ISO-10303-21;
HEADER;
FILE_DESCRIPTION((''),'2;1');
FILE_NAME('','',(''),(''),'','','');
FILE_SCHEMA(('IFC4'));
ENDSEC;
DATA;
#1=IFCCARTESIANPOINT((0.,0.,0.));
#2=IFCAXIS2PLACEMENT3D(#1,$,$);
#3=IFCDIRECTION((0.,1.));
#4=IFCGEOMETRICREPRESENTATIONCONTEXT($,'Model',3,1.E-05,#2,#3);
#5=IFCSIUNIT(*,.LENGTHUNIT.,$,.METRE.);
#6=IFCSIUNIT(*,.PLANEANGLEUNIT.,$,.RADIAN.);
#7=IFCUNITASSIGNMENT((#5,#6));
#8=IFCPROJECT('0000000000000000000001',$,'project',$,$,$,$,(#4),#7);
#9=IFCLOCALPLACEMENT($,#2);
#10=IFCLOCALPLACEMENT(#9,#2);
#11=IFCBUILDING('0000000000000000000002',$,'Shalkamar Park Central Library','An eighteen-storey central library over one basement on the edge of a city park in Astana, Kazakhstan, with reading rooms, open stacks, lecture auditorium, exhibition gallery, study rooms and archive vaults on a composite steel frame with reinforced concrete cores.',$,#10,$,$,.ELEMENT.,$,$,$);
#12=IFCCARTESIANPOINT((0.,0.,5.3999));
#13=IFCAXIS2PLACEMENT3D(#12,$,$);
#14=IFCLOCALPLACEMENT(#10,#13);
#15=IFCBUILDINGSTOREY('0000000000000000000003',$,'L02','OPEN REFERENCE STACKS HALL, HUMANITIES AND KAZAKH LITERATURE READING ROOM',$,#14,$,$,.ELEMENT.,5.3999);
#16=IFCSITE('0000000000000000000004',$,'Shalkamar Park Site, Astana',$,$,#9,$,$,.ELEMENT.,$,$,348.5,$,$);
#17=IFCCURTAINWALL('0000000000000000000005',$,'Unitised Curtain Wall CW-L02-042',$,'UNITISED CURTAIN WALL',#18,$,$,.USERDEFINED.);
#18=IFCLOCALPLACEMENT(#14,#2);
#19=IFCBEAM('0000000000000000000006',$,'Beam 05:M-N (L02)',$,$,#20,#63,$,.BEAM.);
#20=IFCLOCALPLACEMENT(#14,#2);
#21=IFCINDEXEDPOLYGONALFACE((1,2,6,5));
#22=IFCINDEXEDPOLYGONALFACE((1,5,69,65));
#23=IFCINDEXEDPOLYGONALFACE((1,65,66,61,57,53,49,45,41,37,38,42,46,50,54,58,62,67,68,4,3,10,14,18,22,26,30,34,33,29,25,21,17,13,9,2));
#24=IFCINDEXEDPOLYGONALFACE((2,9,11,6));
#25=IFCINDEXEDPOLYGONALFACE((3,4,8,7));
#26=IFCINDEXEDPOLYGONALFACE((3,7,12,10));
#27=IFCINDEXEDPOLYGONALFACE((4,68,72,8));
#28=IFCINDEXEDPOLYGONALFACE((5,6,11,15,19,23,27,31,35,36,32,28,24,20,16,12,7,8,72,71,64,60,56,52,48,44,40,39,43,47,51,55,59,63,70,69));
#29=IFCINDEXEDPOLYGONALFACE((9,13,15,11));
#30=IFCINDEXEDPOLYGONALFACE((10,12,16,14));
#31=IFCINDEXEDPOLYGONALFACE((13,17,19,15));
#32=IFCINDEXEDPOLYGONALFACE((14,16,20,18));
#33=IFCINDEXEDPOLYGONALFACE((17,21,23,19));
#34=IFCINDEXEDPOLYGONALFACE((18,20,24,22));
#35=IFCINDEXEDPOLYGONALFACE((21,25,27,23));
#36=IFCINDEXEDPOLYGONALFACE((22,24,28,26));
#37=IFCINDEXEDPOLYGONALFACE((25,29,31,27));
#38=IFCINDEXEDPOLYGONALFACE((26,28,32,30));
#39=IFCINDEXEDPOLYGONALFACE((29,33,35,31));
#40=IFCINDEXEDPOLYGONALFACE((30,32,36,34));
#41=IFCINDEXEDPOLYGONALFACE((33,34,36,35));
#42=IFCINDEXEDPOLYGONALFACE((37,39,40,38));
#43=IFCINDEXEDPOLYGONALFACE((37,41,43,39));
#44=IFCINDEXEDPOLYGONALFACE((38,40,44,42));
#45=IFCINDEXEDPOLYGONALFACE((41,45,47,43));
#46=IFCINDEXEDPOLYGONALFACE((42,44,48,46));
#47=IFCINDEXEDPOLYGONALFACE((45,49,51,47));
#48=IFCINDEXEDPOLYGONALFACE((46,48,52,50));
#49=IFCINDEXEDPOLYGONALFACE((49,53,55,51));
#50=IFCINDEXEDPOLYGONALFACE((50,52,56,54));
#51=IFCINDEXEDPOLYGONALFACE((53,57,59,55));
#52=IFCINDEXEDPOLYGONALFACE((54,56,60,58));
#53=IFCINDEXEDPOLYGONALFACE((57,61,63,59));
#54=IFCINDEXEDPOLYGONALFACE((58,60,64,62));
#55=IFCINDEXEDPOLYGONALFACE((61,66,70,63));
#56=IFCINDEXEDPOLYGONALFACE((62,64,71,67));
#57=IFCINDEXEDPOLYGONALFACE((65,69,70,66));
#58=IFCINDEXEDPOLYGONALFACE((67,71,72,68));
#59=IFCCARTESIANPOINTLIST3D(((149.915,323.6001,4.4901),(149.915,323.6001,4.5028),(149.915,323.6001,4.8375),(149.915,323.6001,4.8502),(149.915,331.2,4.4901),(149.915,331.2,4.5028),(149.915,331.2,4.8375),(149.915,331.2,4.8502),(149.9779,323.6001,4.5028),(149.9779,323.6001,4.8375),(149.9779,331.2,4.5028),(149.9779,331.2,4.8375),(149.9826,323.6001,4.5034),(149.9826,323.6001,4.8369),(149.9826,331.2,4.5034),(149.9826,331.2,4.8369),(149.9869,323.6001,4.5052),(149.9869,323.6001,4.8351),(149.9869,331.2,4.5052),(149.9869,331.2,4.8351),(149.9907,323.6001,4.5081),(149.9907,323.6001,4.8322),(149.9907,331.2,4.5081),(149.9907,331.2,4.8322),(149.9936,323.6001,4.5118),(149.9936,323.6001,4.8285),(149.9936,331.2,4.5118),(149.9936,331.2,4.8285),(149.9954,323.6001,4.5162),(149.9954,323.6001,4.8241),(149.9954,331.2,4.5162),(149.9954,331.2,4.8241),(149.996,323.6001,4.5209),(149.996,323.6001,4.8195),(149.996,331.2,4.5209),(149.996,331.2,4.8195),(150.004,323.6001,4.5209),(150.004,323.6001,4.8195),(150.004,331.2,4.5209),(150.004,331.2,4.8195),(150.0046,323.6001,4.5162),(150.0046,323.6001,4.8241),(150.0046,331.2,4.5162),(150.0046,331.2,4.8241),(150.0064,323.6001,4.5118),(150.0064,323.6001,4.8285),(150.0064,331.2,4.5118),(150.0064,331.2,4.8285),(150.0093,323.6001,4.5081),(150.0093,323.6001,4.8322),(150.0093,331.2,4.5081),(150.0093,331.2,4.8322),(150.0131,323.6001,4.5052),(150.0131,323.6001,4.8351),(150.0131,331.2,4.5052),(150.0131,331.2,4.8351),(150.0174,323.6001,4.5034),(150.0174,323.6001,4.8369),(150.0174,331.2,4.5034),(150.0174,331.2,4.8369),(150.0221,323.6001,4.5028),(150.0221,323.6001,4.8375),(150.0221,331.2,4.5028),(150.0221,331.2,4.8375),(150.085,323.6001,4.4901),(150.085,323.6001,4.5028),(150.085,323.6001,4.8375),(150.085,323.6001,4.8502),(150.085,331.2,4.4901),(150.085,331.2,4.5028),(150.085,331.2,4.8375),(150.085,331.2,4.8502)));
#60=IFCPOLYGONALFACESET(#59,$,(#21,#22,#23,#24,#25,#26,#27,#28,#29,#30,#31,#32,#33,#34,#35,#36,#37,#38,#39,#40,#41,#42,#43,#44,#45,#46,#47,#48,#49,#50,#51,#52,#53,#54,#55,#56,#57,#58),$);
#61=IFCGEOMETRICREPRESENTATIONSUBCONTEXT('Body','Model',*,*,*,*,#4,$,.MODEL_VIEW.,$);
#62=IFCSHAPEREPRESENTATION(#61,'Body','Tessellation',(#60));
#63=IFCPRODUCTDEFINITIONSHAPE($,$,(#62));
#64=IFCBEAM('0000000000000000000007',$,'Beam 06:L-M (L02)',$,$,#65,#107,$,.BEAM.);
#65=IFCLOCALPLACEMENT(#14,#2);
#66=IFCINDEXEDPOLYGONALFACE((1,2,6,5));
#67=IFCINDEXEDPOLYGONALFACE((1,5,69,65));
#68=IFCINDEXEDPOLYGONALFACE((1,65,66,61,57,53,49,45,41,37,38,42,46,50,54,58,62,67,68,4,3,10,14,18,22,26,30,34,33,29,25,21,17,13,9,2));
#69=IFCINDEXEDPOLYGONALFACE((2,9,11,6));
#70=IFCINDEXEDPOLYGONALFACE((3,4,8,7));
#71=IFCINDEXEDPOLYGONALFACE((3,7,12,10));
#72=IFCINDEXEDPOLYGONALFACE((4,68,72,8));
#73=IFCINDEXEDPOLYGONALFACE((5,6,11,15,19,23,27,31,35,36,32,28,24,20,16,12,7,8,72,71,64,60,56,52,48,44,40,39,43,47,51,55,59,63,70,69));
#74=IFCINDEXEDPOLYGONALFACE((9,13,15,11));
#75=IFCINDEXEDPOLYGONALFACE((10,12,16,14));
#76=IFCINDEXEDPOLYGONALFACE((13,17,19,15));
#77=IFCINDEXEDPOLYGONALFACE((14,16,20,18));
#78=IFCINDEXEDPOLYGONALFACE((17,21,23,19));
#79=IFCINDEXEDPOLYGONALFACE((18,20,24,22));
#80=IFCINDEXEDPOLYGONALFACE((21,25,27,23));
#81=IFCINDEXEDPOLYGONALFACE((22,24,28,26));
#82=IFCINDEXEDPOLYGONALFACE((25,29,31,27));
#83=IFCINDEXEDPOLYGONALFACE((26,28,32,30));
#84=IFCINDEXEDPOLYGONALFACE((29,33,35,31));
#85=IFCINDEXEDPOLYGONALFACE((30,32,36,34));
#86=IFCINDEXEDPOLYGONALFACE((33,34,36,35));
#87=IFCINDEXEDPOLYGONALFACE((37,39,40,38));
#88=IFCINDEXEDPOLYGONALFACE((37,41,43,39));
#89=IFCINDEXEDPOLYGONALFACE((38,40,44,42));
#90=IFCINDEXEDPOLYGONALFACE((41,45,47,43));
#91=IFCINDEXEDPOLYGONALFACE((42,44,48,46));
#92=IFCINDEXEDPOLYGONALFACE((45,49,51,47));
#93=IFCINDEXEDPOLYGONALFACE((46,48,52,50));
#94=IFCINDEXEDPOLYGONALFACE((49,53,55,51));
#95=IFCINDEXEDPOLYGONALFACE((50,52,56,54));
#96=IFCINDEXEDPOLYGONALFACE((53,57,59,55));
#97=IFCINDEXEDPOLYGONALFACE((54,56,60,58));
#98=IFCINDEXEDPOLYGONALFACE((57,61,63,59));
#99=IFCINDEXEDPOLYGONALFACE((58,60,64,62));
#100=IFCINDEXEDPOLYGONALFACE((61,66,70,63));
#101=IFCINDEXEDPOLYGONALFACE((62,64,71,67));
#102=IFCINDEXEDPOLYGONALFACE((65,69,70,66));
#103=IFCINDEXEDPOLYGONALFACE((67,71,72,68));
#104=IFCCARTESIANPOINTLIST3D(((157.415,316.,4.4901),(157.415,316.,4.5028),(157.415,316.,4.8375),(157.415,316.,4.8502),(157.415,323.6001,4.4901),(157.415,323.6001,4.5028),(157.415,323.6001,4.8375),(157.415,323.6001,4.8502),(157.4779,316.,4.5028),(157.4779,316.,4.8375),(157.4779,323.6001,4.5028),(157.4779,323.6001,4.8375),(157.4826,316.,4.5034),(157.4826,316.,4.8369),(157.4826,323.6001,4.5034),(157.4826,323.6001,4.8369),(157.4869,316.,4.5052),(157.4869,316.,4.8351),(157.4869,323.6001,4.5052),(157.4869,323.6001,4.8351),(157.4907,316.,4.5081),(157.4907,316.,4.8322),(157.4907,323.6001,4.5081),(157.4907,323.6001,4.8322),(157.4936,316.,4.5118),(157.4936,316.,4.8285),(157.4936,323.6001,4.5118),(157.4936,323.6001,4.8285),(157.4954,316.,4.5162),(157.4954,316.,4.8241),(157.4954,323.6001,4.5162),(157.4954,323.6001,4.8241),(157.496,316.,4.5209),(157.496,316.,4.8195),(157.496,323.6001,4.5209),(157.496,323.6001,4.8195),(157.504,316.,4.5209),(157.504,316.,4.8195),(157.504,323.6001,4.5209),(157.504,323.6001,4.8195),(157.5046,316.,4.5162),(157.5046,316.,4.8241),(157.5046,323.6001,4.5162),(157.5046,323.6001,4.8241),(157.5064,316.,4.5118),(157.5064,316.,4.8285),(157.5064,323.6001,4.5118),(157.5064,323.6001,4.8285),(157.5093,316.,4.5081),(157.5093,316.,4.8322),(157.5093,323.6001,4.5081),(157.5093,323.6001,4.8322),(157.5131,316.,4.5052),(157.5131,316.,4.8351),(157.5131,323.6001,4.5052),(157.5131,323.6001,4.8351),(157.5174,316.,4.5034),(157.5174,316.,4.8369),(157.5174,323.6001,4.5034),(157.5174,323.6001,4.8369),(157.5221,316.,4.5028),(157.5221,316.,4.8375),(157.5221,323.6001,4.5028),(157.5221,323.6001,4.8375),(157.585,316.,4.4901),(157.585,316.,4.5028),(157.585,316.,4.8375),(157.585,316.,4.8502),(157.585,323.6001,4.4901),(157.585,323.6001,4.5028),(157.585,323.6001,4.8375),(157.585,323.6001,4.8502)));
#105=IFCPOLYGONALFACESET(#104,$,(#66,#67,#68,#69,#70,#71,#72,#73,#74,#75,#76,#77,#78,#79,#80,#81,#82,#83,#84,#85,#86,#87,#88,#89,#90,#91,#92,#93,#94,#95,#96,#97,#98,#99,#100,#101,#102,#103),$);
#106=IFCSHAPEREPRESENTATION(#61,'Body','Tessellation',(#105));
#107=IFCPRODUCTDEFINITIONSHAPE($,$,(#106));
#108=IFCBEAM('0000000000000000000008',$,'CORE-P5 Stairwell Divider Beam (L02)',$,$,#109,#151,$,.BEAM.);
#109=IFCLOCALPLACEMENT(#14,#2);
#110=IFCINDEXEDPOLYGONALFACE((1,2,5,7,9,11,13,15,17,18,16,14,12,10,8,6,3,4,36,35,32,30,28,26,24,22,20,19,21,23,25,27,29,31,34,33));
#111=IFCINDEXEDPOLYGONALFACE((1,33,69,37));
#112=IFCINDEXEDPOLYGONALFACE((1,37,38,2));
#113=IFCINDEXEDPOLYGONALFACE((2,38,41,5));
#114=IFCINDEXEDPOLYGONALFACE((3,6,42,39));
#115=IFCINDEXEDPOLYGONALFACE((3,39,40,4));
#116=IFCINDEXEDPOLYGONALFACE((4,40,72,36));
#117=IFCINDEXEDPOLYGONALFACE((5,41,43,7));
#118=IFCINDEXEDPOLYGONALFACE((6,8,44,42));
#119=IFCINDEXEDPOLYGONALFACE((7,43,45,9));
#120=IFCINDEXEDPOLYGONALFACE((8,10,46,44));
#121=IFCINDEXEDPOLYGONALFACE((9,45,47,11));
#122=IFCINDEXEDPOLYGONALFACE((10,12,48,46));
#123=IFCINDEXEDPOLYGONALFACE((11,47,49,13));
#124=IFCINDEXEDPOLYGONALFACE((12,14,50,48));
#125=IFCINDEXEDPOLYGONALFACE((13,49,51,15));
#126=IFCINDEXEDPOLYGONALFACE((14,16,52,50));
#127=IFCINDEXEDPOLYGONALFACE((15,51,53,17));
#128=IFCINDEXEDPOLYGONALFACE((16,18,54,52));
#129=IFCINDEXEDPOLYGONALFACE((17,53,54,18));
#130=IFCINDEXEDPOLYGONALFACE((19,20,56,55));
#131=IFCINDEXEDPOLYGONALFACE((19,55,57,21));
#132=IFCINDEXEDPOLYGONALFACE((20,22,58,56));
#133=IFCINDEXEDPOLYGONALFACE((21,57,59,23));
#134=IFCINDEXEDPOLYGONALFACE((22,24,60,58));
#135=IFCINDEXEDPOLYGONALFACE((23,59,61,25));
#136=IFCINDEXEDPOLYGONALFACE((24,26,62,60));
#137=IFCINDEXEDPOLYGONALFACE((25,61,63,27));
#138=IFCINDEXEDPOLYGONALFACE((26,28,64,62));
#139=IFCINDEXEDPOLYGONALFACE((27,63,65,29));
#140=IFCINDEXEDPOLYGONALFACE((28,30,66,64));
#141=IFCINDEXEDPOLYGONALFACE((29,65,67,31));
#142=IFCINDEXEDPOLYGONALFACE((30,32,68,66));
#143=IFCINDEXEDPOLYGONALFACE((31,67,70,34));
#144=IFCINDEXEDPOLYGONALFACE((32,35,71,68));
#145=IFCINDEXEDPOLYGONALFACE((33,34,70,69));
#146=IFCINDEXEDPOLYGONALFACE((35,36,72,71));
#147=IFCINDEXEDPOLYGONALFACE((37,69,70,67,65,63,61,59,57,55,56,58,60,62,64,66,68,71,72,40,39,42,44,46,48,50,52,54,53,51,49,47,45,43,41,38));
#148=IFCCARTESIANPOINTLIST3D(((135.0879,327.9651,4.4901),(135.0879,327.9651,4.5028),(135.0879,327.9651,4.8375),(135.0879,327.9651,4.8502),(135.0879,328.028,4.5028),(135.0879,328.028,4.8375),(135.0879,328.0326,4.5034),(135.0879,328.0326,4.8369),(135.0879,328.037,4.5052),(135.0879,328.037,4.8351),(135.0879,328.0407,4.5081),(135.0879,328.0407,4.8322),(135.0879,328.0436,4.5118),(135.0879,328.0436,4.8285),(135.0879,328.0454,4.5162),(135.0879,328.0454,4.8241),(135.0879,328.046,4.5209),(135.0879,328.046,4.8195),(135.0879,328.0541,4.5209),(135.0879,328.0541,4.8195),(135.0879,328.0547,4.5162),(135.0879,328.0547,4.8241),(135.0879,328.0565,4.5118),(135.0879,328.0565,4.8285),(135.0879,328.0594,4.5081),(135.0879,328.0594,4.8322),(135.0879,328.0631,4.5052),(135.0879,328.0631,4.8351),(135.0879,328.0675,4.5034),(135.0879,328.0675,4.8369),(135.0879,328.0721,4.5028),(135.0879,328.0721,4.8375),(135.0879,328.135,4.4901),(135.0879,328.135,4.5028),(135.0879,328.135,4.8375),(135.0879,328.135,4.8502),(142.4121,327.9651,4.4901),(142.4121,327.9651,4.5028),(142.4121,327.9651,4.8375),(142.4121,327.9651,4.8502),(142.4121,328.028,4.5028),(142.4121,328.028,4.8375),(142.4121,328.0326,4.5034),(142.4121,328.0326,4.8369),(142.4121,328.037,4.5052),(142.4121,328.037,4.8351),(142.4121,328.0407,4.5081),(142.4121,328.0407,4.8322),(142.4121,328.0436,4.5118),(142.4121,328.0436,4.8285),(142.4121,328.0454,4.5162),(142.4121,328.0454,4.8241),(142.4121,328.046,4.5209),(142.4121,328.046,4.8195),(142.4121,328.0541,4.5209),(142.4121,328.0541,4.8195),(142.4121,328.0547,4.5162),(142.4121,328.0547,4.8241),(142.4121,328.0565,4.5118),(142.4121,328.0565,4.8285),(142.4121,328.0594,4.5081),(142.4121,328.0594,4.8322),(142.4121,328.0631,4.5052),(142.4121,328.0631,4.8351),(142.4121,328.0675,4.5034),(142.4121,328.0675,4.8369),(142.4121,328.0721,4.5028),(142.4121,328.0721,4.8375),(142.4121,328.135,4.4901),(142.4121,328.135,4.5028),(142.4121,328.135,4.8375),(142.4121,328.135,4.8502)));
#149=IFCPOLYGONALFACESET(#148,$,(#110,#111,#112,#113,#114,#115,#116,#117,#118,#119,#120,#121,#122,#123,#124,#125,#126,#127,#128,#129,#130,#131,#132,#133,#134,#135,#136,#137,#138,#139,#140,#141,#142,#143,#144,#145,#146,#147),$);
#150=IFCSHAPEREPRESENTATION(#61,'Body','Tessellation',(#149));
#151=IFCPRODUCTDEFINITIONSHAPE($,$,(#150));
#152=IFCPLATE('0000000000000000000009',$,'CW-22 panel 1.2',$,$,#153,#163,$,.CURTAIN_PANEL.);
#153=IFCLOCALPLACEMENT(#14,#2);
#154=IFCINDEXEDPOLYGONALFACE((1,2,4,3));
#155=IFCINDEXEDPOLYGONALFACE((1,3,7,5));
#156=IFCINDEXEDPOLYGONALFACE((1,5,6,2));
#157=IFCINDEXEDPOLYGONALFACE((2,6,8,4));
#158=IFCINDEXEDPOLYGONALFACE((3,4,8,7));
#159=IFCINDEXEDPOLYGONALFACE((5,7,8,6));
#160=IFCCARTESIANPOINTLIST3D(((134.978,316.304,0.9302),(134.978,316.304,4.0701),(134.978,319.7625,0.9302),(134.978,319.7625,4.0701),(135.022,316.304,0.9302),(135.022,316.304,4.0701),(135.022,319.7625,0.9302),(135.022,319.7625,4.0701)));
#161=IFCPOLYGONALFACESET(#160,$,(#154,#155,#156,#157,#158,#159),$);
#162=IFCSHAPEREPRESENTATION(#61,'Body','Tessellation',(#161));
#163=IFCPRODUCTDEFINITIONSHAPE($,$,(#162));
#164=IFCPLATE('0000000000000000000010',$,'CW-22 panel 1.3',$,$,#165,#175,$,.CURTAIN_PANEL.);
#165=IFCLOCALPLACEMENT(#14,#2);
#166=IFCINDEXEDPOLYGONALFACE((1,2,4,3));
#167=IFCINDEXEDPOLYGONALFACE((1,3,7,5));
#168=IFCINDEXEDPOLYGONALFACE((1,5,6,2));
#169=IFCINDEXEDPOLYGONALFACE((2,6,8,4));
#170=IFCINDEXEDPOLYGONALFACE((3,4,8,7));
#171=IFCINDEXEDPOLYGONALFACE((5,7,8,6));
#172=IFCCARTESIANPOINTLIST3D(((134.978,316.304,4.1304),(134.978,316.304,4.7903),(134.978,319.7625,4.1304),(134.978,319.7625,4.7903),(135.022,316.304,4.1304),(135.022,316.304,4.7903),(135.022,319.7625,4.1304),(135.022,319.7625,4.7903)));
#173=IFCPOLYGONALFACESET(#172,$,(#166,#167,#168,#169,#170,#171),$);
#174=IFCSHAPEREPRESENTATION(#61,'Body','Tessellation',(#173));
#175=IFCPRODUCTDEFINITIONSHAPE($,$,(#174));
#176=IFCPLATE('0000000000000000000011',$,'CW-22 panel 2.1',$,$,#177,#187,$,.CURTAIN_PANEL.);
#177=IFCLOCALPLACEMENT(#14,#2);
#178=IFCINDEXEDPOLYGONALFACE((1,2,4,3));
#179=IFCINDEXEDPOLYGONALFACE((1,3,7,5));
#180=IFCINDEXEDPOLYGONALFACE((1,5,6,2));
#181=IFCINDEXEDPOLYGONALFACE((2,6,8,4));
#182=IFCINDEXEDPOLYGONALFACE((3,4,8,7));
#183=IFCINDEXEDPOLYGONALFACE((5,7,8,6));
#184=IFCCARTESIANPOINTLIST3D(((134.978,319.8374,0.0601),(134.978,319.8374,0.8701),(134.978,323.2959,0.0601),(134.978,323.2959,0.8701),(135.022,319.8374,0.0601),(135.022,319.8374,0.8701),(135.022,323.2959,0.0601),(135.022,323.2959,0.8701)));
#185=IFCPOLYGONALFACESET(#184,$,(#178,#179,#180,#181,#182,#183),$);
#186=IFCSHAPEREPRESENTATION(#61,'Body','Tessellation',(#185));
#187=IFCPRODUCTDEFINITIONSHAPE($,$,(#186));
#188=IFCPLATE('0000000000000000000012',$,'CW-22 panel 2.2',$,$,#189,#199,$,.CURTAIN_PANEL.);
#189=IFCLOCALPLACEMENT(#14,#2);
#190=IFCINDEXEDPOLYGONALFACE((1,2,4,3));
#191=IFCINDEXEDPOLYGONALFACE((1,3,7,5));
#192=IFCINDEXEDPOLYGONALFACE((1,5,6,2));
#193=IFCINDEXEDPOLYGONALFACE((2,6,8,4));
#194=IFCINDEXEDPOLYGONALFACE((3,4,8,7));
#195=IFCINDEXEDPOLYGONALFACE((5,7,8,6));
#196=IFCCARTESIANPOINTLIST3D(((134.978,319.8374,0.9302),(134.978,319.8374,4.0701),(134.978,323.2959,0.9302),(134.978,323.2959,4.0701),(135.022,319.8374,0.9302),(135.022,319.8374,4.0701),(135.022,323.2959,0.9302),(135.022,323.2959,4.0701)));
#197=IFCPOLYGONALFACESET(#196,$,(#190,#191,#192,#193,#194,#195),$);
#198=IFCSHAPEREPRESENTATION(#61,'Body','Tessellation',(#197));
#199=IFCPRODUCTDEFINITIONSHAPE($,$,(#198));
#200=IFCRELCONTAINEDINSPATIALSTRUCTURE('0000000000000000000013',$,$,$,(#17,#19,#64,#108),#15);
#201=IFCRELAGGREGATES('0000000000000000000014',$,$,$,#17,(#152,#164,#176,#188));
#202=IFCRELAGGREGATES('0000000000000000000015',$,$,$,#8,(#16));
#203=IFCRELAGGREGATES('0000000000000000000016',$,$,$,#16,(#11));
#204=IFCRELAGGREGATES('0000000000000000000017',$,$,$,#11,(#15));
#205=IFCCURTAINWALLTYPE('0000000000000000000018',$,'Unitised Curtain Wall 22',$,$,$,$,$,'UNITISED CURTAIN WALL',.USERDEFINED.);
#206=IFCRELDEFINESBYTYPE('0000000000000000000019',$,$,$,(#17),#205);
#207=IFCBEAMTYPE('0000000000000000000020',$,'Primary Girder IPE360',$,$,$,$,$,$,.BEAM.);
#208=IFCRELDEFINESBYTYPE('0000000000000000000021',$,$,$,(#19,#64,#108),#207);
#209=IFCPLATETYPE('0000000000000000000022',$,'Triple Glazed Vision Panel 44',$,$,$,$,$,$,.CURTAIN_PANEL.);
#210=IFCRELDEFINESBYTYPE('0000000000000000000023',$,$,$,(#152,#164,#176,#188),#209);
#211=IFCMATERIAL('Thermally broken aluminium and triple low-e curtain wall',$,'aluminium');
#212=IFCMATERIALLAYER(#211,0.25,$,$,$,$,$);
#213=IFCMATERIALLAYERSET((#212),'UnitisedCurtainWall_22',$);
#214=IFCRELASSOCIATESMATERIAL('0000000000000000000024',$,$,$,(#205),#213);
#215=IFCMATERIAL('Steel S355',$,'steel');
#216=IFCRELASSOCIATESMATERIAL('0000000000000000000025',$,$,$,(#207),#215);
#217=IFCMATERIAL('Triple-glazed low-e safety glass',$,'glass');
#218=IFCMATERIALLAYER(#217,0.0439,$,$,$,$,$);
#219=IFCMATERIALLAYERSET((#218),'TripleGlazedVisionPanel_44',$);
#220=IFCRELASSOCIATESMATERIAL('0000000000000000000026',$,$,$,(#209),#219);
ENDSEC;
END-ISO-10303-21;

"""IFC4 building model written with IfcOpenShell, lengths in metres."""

from ifc_helpers import new_model, si_unit, direction, frame, origin, origin_2d, place, context, subcontext, project, spatial, rectangle, i_section, extrude, material, layer, layer_set, material_profile, profile_set, type_object, element, aggregate, save


model = new_model("IFC4")

# Units and contexts
model_context = context("Model", 3, precision=1e-05, world=origin(), true_north=direction((0.0, 1.0)))
body_context = subcontext(model_context, "Body", "Model", "MODEL_VIEW")
ifc_project = project(units=[si_unit("LENGTHUNIT", "METRE"), si_unit("PLANEANGLEUNIT", "RADIAN")], contexts=[model_context])

# Site, building, storey
site_placement = place(None, origin())
site = spatial("IfcSite", under=ifc_project, at=site_placement, Name="Shalkamar Park Site, Astana", CompositionType="ELEMENT", RefElevation=348.5)
building_placement = place(site_placement, origin())
building = spatial("IfcBuilding", under=site, at=building_placement, Name="Shalkamar Park Central Library", Description="An eighteen-storey central library over one basement on the edge of a city park in Astana, Kazakhstan, with reading rooms, open stacks, lecture auditorium, exhibition gallery, study rooms and archive vaults on a composite steel frame with reinforced concrete cores.", CompositionType="ELEMENT")
storey_placement = place(building_placement, frame((0.0, 0.0, 5.3999)))
storey = spatial("IfcBuildingStorey", under=building, at=storey_placement, Name="L02", Description="OPEN REFERENCE STACKS HALL, HUMANITIES AND KAZAKH LITERATURE READING ROOM", CompositionType="ELEMENT", Elevation=5.3999)

# Shared definitions
ifc_material_1 = material(Name="Steel S355", Category="steel")

# Curtain wall
ifc_material_2 = material(Name="Thermally broken aluminium and triple low-e curtain wall", Category="aluminium")
ifc_layer_1 = layer(ifc_material_2, 0.25)
ifc_layer_set_1 = layer_set([ifc_layer_1], Name="UnitisedCurtainWall_22")
curtain_wall_type = type_object("IfcCurtainWallType", Name="Unitised Curtain Wall 22", ElementType="UNITISED CURTAIN WALL", PredefinedType="USERDEFINED", material=ifc_layer_set_1)
curtain_wall_placement = place(storey_placement, origin())
curtain_wall = element("IfcCurtainWall", 1, at=curtain_wall_placement, inside=storey, type_object=curtain_wall_type, Name="Unitised Curtain Wall CW-L02-042", ObjectType="UNITISED CURTAIN WALL", PredefinedType="USERDEFINED")

# Beams
ifc_material_profile_1 = material_profile(ifc_material_1, i_section(OverallWidth=0.1699, OverallDepth=0.3601, WebThickness=0.0081, FlangeThickness=0.0127, FilletRadius=0.0181, at=origin_2d()), Name="IPE 360")
ifc_profile_set_1 = profile_set([ifc_material_profile_1], Name="Steel S355")
beam_type_1 = type_object("IfcBeamType", Name="Primary Girder IPE360", PredefinedType="BEAM", material=ifc_profile_set_1)
for number, where, z_axis, x_axis, name in (
    (2, (150.0, 323.6001, 4.6702), (0.0, 1.0, 0.0), (-1.0, 0.0, 0.0), "Beam 05:M-N (L02)"),
):
    element("IfcBeam", number, at=place(storey_placement, frame(where, z_axis=z_axis, x_axis=x_axis)), inside=storey, type_object=beam_type_1, Name=name, PredefinedType="BEAM", context=body_context, shape_type="SweptSolid", body=[
        extrude(i_section(OverallWidth=0.1699, OverallDepth=0.3601, WebThickness=0.0081, FlangeThickness=0.0127, FilletRadius=0.0181, at=origin_2d()), origin(), (0.0, 0.0, 1.0), 7.5999),
    ])
beam_1_placement = place(storey_placement, frame((157.5, 316.0, 4.6702), z_axis=(0.0, 1.0, 0.0), x_axis=(-1.0, 0.0, 0.0)))
element("IfcBeam", 3, at=beam_1_placement, inside=storey, type_object=beam_type_1, Name="Beam 06:L-M (L02)", PredefinedType="BEAM", context=body_context, shape_type="SweptSolid", body=[
    extrude(i_section(OverallWidth=0.1699, OverallDepth=0.3601, WebThickness=0.0081, FlangeThickness=0.0127, FilletRadius=0.0181, at=origin_2d()), origin(), (0.0, 0.0, 1.0), 7.6001),
])
beam_2_placement = place(storey_placement, frame((135.0879, 328.05, 4.6702), z_axis=(1.0, 0.0, 0.0), x_axis=(0.0, 1.0, 0.0)))
element("IfcBeam", 4, at=beam_2_placement, inside=storey, type_object=beam_type_1, Name="CORE-P5 Stairwell Divider Beam (L02)", PredefinedType="BEAM", context=body_context, shape_type="SweptSolid", body=[
    extrude(i_section(OverallWidth=0.1699, OverallDepth=0.3601, WebThickness=0.0081, FlangeThickness=0.0127, FilletRadius=0.0181, at=origin_2d()), origin(), (0.0, 0.0, 1.0), 7.3242),
])

# Plates
ifc_material_3 = material(Name="Triple-glazed low-e safety glass", Category="glass")
ifc_layer_2 = layer(ifc_material_3, 0.0439)
ifc_layer_set_2 = layer_set([ifc_layer_2], Name="TripleGlazedVisionPanel_44")
plate_type = type_object("IfcPlateType", Name="Triple Glazed Vision Panel 44", PredefinedType="CURTAIN_PANEL", material=ifc_layer_set_2)
plate_1_placement = place(storey_placement, frame((135.0, 318.0332, 0.9302), z_axis=(0.0, 0.0, 1.0), x_axis=(0.0, 1.0, 0.0)))
plate_1 = element("IfcPlate", 5, at=plate_1_placement, type_object=plate_type, Name="CW-22 panel 1.2", PredefinedType="CURTAIN_PANEL", context=body_context, shape_type="SweptSolid", body=[
    extrude(rectangle(XDim=3.4585, YDim=0.0439, at=origin_2d()), origin(), (0.0, 0.0, 1.0), 3.1399),
])
plate_2_placement = place(storey_placement, frame((135.0, 318.0332, 4.1304), z_axis=(0.0, 0.0, 1.0), x_axis=(0.0, 1.0, 0.0)))
plate_2 = element("IfcPlate", 6, at=plate_2_placement, type_object=plate_type, Name="CW-22 panel 1.3", PredefinedType="CURTAIN_PANEL", context=body_context, shape_type="SweptSolid", body=[
    extrude(rectangle(XDim=3.4585, YDim=0.0439, at=origin_2d()), origin(), (0.0, 0.0, 1.0), 0.6599),
])
plate_3_placement = place(storey_placement, frame((135.0, 321.5667, 0.0601), z_axis=(0.0, 0.0, 1.0), x_axis=(0.0, 1.0, 0.0)))
plate_3 = element("IfcPlate", 7, at=plate_3_placement, type_object=plate_type, Name="CW-22 panel 2.1", PredefinedType="CURTAIN_PANEL", context=body_context, shape_type="SweptSolid", body=[
    extrude(rectangle(XDim=3.4585, YDim=0.0439, at=origin_2d()), origin(), (0.0, 0.0, 1.0), 0.8101),
])
plate_4_placement = place(storey_placement, frame((135.0, 321.5667, 0.9302), z_axis=(0.0, 0.0, 1.0), x_axis=(0.0, 1.0, 0.0)))
plate_4 = element("IfcPlate", 8, at=plate_4_placement, type_object=plate_type, Name="CW-22 panel 2.2", PredefinedType="CURTAIN_PANEL", context=body_context, shape_type="SweptSolid", body=[
    extrude(rectangle(XDim=3.4585, YDim=0.0439, at=origin_2d()), origin(), (0.0, 0.0, 1.0), 3.1399),
])
aggregate(curtain_wall, [plate_1, plate_2, plate_3, plate_4])

save(model, "model.ifc")
